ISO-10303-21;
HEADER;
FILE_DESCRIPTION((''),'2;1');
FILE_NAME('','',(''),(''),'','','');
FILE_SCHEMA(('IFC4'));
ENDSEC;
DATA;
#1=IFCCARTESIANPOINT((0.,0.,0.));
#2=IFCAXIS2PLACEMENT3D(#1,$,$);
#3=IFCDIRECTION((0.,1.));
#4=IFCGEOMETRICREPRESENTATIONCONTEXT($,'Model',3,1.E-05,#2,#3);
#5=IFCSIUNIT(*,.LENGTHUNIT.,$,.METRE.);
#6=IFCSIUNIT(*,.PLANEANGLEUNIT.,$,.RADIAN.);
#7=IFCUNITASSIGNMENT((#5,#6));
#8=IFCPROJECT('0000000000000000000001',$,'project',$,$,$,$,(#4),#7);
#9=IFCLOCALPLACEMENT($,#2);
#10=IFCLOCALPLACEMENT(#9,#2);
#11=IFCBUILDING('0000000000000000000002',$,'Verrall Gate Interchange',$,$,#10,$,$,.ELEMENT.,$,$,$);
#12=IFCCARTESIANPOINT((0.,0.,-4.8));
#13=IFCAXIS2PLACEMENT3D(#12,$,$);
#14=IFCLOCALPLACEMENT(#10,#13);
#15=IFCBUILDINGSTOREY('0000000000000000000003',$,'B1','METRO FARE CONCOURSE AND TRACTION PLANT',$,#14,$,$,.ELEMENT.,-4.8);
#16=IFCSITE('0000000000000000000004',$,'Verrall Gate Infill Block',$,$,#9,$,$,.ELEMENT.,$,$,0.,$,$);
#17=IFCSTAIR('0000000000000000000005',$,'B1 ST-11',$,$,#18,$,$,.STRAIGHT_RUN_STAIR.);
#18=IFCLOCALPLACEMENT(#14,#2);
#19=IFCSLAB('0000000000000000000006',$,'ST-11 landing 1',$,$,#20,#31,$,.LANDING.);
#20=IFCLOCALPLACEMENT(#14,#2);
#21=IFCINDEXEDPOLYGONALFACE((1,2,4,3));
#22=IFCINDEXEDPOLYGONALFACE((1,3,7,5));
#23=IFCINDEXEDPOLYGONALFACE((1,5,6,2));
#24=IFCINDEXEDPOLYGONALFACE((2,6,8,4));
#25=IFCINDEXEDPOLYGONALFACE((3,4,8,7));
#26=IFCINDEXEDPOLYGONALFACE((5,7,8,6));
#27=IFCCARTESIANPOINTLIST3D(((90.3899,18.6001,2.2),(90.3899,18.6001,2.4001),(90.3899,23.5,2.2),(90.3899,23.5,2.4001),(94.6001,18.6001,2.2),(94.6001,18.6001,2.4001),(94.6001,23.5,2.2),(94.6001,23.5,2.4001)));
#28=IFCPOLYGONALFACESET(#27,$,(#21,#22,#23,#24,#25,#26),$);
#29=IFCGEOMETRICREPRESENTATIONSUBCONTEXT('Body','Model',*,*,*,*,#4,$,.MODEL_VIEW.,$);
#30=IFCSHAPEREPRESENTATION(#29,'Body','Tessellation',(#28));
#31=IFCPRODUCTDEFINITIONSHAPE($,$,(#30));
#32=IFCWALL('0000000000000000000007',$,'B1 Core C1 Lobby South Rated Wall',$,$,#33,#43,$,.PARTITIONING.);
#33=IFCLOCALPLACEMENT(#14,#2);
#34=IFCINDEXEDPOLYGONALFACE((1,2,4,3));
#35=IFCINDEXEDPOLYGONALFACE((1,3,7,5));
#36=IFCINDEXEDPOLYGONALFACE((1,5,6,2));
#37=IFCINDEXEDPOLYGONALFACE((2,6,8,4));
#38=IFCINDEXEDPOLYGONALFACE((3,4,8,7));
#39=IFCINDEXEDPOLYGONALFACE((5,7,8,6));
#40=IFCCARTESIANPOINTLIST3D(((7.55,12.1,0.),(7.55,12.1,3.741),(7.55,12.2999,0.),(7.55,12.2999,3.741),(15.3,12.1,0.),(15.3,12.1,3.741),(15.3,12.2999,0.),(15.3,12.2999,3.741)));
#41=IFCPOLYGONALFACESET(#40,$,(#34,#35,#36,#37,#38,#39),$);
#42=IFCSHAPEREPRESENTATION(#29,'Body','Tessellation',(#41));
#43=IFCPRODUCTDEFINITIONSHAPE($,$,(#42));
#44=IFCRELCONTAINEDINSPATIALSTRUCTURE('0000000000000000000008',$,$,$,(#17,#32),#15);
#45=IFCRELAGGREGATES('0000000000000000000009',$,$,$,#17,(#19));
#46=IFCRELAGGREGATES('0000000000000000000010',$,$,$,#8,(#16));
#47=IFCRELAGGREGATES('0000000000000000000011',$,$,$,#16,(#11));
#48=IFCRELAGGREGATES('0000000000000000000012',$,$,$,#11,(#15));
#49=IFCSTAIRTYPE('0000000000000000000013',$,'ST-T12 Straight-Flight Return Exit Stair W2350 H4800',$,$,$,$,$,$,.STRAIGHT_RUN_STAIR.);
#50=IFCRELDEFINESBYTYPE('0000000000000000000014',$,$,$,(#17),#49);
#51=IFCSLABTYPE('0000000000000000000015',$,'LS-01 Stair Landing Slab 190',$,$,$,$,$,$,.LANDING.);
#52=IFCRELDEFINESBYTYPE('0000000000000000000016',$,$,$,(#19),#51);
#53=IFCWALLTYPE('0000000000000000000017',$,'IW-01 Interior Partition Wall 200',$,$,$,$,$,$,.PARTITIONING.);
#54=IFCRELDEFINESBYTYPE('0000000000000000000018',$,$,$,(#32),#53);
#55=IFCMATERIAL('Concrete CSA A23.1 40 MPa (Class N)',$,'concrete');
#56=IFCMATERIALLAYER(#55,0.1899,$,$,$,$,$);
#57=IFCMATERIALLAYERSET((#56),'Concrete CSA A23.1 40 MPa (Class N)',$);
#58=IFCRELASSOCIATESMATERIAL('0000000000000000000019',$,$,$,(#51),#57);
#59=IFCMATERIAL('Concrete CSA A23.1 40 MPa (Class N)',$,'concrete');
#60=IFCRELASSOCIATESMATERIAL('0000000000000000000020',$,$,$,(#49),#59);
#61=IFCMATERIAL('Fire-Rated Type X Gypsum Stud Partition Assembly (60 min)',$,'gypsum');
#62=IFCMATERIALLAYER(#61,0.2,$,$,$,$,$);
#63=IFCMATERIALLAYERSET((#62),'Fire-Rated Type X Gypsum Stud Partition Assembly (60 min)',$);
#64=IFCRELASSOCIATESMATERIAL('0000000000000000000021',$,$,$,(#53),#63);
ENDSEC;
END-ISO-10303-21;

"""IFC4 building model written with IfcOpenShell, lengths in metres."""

from ifc_helpers import new_model, si_unit, direction, frame, frame_2d, origin, place, context, subcontext, project, spatial, polyline, rectangle, outline, extrude, material, layer, layer_set, type_object, element, aggregate, save


model = new_model("IFC4")

# Units and contexts
model_context = context("Model", 3, precision=1e-05, world=origin(), true_north=direction((0.0, 1.0)))
body_context = subcontext(model_context, "Body", "Model", "MODEL_VIEW")
ifc_project = project(units=[si_unit("LENGTHUNIT", "METRE"), si_unit("PLANEANGLEUNIT", "RADIAN")], contexts=[model_context])

# Site, building, storey
site_placement = place(None, origin())
site = spatial("IfcSite", under=ifc_project, at=site_placement, Name="Verrall Gate Infill Block", CompositionType="ELEMENT", RefElevation=0.0)
building_placement = place(site_placement, origin())
building = spatial("IfcBuilding", under=site, at=building_placement, Name="Verrall Gate Interchange", CompositionType="ELEMENT")
storey_placement = place(building_placement, frame((0.0, 0.0, -4.8)))
storey = spatial("IfcBuildingStorey", under=building, at=storey_placement, Name="B1", Description="METRO FARE CONCOURSE AND TRACTION PLANT", CompositionType="ELEMENT", Elevation=-4.8)

# Stair, slab
ifc_material_1 = material(Name="Concrete CSA A23.1 40 MPa (Class N)", Category="concrete")
ifc_layer_1 = layer(ifc_material_1, 0.1899)
ifc_layer_set_1 = layer_set([ifc_layer_1], Name="Concrete CSA A23.1 40 MPa (Class N)")
slab_type = type_object("IfcSlabType", Name="LS-01 Stair Landing Slab 190", PredefinedType="LANDING", material=ifc_layer_set_1)
ifc_material_2 = material(Name="Concrete CSA A23.1 40 MPa (Class N)", Category="concrete")
stair_type_1 = type_object("IfcStairType", Name="ST-T12 Straight-Flight Return Exit Stair W2350 H4800", PredefinedType="STRAIGHT_RUN_STAIR", material=ifc_material_2)
stair_1_placement = place(storey_placement, origin())
stair_1 = element("IfcStair", 1, at=stair_1_placement, inside=storey, type_object=stair_type_1, Name="B1 ST-11", PredefinedType="STRAIGHT_RUN_STAIR")
slab_1_placement = place(storey_placement, frame((0.0, 0.0, 2.2)))
slab_1 = element("IfcSlab", 2, at=slab_1_placement, type_object=slab_type, Name="ST-11 landing 1", PredefinedType="LANDING", context=body_context, shape_type="SweptSolid", body=[
    extrude(outline(polyline([(90.3899, 18.6001), (94.6001, 18.6001), (94.6001, 23.5), (90.3899, 23.5), (90.3899, 18.6001)])), origin(), (0.0, 0.0, 1.0), 0.2002),
])
aggregate(stair_1, [slab_1])

# Wall
ifc_material_3 = material(Name="Fire-Rated Type X Gypsum Stud Partition Assembly (60 min)", Category="gypsum")
ifc_layer_2 = layer(ifc_material_3, 0.2)
ifc_layer_set_2 = layer_set([ifc_layer_2], Name="Fire-Rated Type X Gypsum Stud Partition Assembly (60 min)")
wall_type = type_object("IfcWallType", Name="IW-01 Interior Partition Wall 200", PredefinedType="PARTITIONING", material=ifc_layer_set_2)
wall_placement = place(storey_placement, frame((7.55, 12.2, 0.0), z_axis=(0.0, 0.0, 1.0), x_axis=(1.0, 0.0, 0.0)))
element("IfcWall", 3, at=wall_placement, inside=storey, type_object=wall_type, Name="B1 Core C1 Lobby South Rated Wall", PredefinedType="PARTITIONING", context=body_context, shape_type="SweptSolid", body=[
    extrude(rectangle(XDim=7.75, YDim=0.2, at=frame_2d((3.875, 0.0))), origin(), (0.0, 0.0, 1.0), 3.741),
])

save(model, "model.ifc")
